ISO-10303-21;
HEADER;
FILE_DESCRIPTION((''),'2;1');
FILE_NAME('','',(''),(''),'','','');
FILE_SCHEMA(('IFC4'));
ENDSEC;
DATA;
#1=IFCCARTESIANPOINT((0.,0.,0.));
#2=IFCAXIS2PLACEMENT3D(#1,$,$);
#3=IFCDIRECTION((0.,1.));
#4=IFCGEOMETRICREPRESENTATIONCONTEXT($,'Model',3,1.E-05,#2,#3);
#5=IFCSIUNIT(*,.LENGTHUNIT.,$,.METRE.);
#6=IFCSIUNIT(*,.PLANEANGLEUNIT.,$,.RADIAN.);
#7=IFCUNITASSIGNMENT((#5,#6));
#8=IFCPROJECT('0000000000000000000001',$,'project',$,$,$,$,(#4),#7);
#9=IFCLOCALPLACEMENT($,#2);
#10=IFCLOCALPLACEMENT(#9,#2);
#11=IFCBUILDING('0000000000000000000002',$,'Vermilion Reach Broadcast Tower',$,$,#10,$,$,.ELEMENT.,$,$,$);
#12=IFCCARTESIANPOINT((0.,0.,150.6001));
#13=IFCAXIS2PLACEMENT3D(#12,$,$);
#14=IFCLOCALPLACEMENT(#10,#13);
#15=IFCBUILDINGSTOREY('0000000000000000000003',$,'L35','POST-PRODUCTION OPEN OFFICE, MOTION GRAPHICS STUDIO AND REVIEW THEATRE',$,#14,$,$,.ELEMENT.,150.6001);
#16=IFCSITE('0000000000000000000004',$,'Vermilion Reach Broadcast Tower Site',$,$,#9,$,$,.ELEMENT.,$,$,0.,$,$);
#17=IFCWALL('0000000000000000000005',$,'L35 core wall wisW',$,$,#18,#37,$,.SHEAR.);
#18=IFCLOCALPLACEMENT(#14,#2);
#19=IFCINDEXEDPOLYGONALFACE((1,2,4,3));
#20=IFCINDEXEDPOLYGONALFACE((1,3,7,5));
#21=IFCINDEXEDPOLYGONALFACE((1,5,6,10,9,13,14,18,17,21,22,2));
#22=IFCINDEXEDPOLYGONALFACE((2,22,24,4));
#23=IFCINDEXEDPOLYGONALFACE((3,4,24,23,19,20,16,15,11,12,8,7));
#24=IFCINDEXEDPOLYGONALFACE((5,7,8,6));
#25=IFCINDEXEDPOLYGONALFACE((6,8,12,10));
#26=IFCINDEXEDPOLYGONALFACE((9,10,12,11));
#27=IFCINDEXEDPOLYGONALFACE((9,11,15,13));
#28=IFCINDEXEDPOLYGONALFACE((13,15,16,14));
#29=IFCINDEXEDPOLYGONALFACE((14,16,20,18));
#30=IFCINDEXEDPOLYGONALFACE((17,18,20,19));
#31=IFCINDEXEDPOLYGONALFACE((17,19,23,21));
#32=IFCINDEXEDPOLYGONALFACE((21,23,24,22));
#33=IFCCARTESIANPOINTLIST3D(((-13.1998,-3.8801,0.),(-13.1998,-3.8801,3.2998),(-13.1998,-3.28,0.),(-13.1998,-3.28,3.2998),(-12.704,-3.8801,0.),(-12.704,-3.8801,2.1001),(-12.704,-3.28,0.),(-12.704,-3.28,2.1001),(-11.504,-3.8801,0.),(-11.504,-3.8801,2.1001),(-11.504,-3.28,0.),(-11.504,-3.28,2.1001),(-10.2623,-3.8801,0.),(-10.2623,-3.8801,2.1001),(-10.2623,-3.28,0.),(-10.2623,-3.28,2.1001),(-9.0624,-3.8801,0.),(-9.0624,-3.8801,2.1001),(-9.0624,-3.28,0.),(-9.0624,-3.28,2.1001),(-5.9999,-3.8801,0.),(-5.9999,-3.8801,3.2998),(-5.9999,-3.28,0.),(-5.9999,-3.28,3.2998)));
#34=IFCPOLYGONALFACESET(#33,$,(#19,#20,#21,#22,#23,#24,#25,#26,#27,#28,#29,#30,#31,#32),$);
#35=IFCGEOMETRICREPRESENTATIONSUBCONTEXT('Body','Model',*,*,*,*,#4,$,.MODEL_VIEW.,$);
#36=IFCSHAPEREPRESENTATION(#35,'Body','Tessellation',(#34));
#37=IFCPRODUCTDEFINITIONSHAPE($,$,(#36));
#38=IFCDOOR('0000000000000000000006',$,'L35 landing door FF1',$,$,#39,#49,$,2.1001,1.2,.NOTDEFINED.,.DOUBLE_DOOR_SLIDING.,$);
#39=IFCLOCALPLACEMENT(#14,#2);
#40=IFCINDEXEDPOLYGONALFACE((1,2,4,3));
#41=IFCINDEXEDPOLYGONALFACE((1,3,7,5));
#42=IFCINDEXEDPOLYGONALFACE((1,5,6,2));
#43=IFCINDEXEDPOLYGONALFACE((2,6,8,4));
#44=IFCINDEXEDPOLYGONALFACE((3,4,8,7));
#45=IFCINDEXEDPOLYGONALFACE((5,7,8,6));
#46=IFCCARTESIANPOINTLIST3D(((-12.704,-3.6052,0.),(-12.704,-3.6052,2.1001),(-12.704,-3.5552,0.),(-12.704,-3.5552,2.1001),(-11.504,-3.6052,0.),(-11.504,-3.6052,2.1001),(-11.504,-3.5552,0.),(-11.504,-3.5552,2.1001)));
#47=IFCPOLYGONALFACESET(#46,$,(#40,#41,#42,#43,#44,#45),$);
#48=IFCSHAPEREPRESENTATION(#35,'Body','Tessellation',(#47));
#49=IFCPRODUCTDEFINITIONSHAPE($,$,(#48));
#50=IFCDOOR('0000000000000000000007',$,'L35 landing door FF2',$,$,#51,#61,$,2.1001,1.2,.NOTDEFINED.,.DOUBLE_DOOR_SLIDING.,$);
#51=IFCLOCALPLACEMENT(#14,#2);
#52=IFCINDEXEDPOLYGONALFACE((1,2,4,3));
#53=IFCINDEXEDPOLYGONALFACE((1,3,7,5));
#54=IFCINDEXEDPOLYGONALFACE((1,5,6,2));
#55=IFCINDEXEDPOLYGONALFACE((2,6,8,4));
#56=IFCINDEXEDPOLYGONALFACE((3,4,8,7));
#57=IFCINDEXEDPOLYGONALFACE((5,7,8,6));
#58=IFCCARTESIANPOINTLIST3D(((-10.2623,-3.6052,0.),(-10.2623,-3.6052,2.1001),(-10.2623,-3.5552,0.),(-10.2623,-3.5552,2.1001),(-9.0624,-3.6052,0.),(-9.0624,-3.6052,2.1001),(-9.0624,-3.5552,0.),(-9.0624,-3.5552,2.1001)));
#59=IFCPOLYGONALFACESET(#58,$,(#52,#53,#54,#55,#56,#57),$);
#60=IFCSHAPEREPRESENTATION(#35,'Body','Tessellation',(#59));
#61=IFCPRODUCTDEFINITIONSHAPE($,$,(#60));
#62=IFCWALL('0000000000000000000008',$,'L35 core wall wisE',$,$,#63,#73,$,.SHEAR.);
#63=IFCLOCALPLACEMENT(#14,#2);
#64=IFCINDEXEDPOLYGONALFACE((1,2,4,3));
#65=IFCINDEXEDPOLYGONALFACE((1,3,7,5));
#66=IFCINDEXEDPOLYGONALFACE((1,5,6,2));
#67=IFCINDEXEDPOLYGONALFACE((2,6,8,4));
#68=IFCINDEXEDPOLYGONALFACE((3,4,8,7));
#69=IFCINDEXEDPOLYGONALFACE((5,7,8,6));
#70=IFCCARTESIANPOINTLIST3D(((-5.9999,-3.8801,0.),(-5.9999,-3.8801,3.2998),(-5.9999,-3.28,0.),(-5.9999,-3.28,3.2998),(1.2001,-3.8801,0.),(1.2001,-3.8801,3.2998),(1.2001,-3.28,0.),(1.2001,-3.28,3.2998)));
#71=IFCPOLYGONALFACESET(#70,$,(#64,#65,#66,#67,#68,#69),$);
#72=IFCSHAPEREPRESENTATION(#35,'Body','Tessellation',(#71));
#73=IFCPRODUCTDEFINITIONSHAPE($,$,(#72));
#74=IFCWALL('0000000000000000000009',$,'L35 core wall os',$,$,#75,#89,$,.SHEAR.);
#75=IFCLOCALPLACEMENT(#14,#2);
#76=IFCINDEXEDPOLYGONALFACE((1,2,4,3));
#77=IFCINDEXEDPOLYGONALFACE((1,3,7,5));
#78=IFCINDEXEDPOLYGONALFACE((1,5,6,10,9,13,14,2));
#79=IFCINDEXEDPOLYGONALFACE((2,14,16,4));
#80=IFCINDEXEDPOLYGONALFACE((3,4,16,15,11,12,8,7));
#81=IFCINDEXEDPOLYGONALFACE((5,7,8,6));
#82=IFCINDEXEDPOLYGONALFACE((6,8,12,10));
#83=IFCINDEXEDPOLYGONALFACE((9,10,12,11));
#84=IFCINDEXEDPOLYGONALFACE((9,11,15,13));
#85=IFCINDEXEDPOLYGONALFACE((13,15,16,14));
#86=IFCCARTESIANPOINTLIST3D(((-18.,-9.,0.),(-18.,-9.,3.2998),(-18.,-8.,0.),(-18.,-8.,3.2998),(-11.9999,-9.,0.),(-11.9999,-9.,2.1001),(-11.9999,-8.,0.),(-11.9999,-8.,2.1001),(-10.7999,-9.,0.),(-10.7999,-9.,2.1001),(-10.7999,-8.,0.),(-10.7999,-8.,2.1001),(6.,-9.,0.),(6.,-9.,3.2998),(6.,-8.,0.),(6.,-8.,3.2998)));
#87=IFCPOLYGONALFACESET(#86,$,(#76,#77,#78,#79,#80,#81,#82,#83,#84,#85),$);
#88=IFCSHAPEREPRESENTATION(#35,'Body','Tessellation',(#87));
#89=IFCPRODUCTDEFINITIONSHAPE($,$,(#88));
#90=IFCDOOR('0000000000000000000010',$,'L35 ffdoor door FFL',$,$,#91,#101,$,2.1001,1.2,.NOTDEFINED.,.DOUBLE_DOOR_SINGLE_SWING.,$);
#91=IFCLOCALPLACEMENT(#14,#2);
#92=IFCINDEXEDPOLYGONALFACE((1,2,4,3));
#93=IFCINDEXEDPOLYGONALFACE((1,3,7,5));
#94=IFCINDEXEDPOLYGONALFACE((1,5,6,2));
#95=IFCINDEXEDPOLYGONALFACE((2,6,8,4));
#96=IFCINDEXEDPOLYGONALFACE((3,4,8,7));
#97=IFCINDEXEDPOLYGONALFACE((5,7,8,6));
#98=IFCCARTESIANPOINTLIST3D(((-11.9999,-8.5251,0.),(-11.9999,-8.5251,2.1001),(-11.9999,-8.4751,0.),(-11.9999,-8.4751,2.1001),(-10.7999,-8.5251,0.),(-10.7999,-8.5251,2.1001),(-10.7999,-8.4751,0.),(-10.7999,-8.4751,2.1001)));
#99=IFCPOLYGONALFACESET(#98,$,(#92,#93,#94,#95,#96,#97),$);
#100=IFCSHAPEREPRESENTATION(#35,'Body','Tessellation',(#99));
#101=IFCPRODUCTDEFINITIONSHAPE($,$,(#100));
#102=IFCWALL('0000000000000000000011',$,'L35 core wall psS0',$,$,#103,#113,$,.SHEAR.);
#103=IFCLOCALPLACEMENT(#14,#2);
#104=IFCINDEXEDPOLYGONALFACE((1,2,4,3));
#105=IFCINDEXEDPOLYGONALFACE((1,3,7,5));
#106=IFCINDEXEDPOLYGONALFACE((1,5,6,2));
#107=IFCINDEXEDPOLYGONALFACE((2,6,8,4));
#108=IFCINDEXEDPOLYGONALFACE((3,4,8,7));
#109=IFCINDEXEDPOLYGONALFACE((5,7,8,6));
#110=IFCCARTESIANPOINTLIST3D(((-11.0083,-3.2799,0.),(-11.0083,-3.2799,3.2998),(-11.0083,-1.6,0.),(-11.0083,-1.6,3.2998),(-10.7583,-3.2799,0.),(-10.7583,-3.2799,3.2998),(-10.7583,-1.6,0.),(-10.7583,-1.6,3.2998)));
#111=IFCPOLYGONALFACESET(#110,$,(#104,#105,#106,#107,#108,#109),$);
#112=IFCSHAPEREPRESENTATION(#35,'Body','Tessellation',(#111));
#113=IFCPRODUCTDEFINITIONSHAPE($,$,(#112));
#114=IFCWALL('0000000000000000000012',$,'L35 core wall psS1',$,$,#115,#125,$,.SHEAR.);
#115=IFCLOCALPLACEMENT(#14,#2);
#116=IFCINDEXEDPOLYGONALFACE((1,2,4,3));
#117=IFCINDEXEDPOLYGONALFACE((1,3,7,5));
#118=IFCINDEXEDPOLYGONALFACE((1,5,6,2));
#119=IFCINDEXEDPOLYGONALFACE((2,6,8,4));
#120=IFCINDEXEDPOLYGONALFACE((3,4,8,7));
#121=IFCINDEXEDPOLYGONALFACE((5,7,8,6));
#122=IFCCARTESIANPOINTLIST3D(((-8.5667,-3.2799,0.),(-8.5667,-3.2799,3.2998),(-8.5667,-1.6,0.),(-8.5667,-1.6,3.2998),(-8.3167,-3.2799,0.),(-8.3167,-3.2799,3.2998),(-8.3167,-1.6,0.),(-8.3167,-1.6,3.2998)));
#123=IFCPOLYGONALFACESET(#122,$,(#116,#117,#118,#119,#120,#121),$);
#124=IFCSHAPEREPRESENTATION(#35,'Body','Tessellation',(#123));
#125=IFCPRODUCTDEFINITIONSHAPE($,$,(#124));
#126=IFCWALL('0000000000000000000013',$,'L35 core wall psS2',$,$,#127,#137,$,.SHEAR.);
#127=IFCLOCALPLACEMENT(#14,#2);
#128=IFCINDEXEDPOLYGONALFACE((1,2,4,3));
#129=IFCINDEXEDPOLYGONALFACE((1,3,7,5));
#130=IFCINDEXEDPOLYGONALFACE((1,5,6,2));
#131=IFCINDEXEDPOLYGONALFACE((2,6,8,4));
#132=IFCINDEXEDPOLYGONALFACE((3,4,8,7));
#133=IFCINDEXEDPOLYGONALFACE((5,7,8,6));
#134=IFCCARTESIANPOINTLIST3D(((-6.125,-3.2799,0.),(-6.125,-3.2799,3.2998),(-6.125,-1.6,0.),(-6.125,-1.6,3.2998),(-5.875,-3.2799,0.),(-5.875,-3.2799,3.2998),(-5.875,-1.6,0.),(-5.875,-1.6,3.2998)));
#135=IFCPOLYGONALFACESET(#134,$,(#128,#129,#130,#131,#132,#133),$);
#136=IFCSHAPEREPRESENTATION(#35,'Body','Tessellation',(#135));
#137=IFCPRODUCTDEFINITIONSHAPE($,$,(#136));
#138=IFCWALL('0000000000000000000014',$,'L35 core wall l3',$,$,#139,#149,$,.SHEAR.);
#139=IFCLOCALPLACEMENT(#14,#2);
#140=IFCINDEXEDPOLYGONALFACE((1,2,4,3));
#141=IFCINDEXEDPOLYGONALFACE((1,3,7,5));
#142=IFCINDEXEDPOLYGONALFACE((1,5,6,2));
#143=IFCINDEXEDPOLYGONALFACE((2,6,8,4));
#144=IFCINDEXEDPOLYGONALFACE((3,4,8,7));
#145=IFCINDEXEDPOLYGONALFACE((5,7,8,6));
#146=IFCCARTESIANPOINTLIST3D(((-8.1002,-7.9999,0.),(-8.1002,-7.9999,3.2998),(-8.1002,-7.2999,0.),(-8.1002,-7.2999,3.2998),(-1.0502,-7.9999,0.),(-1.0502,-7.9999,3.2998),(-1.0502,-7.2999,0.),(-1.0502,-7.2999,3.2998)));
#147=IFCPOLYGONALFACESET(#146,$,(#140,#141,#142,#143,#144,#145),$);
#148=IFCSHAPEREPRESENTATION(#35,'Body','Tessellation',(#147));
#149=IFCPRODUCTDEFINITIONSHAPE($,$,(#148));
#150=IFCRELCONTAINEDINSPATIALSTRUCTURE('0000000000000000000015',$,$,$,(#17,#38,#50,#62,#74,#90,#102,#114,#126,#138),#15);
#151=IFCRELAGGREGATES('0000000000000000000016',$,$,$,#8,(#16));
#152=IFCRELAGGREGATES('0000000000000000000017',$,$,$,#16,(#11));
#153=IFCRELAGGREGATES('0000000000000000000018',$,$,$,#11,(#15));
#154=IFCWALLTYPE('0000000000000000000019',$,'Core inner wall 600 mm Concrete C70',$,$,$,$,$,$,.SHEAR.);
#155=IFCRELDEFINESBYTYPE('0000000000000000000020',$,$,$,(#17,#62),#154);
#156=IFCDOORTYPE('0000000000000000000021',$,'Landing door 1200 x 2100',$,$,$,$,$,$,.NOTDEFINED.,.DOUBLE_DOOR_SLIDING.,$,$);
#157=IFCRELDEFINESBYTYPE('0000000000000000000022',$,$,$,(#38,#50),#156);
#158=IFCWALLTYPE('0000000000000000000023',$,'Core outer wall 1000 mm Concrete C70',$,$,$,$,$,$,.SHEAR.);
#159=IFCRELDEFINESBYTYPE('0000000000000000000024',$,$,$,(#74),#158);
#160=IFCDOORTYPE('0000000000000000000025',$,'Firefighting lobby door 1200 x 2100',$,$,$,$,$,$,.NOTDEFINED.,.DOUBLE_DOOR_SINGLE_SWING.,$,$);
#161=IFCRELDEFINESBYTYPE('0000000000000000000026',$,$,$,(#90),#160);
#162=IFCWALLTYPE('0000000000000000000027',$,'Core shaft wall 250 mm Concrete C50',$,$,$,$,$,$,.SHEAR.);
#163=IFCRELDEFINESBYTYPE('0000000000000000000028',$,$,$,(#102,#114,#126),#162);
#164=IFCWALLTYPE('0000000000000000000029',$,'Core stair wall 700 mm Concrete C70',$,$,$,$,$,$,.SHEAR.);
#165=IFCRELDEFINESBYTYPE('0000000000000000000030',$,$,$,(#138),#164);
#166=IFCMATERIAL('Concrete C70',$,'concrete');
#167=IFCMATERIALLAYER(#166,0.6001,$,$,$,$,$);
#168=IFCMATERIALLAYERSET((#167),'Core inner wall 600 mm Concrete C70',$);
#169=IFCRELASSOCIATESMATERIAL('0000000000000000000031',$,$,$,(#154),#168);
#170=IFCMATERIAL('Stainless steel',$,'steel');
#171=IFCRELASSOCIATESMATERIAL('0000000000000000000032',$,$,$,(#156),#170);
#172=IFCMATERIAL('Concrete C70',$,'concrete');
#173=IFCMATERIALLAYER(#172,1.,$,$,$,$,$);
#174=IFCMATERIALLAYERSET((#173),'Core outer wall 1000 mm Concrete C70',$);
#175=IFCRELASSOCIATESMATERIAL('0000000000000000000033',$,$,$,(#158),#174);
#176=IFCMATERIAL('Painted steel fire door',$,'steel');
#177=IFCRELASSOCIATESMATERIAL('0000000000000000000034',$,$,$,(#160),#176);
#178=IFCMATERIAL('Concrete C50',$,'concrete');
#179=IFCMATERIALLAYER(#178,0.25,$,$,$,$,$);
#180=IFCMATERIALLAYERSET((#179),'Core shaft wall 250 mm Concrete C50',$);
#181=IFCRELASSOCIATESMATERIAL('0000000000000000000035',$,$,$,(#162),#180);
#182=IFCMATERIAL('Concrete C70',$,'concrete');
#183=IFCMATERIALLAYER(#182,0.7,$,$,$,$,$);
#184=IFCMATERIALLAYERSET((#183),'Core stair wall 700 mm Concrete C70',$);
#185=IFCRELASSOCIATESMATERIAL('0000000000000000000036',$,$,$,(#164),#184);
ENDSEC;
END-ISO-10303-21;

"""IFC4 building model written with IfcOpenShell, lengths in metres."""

from ifc_helpers import new_model, si_unit, direction, frame, frame_2d, origin, place, context, subcontext, project, spatial, rectangle, extrude, material, layer, layer_set, type_object, element, fill, save


model = new_model("IFC4")

# Units and contexts
model_context = context("Model", 3, precision=1e-05, world=origin(), true_north=direction((0.0, 1.0)))
body_context = subcontext(model_context, "Body", "Model", "MODEL_VIEW")
ifc_project = project(units=[si_unit("LENGTHUNIT", "METRE"), si_unit("PLANEANGLEUNIT", "RADIAN")], contexts=[model_context])

# Site, building, storey
site_placement = place(None, origin())
site = spatial("IfcSite", under=ifc_project, at=site_placement, Name="Vermilion Reach Broadcast Tower Site", CompositionType="ELEMENT", RefElevation=0.0)
building_placement = place(site_placement, origin())
building = spatial("IfcBuilding", under=site, at=building_placement, Name="Vermilion Reach Broadcast Tower", CompositionType="ELEMENT")
storey_placement = place(building_placement, frame((0.0, 0.0, 150.6001)))
storey = spatial("IfcBuildingStorey", under=building, at=storey_placement, Name="L35", Description="POST-PRODUCTION OPEN OFFICE, MOTION GRAPHICS STUDIO AND REVIEW THEATRE", CompositionType="ELEMENT", Elevation=150.6001)

# Wall, openings, doors
ifc_material_1 = material(Name="Concrete C70", Category="concrete")
ifc_layer_1 = layer(ifc_material_1, 0.6001)
ifc_layer_set_1 = layer_set([ifc_layer_1], Name="Core inner wall 600 mm Concrete C70")
wall_type_1 = type_object("IfcWallType", Name="Core inner wall 600 mm Concrete C70", PredefinedType="SHEAR", material=ifc_layer_set_1)
wall_1_placement = place(storey_placement, frame((-13.2, -3.5801, 0.0), z_axis=(0.0, 0.0, 1.0), x_axis=(1.0, 0.0, 0.0)))
wall_1 = element("IfcWall", 1, at=wall_1_placement, inside=storey, type_object=wall_type_1, Name="L35 core wall wisW", PredefinedType="SHEAR", context=body_context, shape_type="SweptSolid", body=[
    extrude(rectangle(XDim=7.2, YDim=0.6001, at=frame_2d((3.6001, 0.0))), origin(), (0.0, 0.0, 1.0), 3.2998),
])
opening_1_placement = place(wall_1_placement, frame((0.4958, 0.0, 0.0)))
opening_1 = element("IfcOpeningElement", 2, at=opening_1_placement, cuts=wall_1, PredefinedType="OPENING", context=body_context, shape_type="SweptSolid", body=[
    extrude(rectangle(XDim=1.2, YDim=2.1001, at=frame_2d((0.6001, 1.05))), frame((0.0, 0.3101, 0.0), z_axis=(0.0, -1.0, 0.0), x_axis=(1.0, 0.0, 0.0)), (0.0, 0.0, 1.0), 0.6201),
])
opening_2_placement = place(wall_1_placement, frame((2.9375, 0.0, 0.0)))
opening_2 = element("IfcOpeningElement", 3, at=opening_2_placement, cuts=wall_1, PredefinedType="OPENING", context=body_context, shape_type="SweptSolid", body=[
    extrude(rectangle(XDim=1.2, YDim=2.1001, at=frame_2d((0.6001, 1.05))), frame((0.0, 0.3101, 0.0), z_axis=(0.0, -1.0, 0.0), x_axis=(1.0, 0.0, 0.0)), (0.0, 0.0, 1.0), 0.6201),
])
ifc_material_2 = material(Name="Stainless steel", Category="steel")
door_type_1 = type_object("IfcDoorType", Name="Landing door 1200 x 2100", OperationType="DOUBLE_DOOR_SLIDING", PredefinedType="NOTDEFINED", material=ifc_material_2)
door_1_placement = place(opening_1_placement, origin())
door_1 = element("IfcDoor", 4, at=door_1_placement, inside=storey, type_object=door_type_1, Name="L35 landing door FF1", OperationType="DOUBLE_DOOR_SLIDING", OverallHeight=2.1001, OverallWidth=1.2, PredefinedType="NOTDEFINED", context=body_context, shape_type="SweptSolid", body=[
    extrude(rectangle(XDim=1.2, YDim=2.1001, at=frame_2d((0.6001, 1.05))), frame((0.0, 0.0249, 0.0), z_axis=(0.0, -1.0, 0.0), x_axis=(1.0, 0.0, 0.0)), (0.0, 0.0, 1.0), 0.05),
])
fill(opening_1, door_1)
door_2_placement = place(opening_2_placement, origin())
door_2 = element("IfcDoor", 5, at=door_2_placement, inside=storey, type_object=door_type_1, Name="L35 landing door FF2", OperationType="DOUBLE_DOOR_SLIDING", OverallHeight=2.1001, OverallWidth=1.2, PredefinedType="NOTDEFINED", context=body_context, shape_type="SweptSolid", body=[
    extrude(rectangle(XDim=1.2, YDim=2.1001, at=frame_2d((0.6001, 1.05))), frame((0.0, 0.0249, 0.0), z_axis=(0.0, -1.0, 0.0), x_axis=(1.0, 0.0, 0.0)), (0.0, 0.0, 1.0), 0.05),
])
fill(opening_2, door_2)

# Wall
wall_2_placement = place(storey_placement, frame((-6.0, -3.5801, 0.0), z_axis=(0.0, 0.0, 1.0), x_axis=(1.0, 0.0, 0.0)))
element("IfcWall", 6, at=wall_2_placement, inside=storey, type_object=wall_type_1, Name="L35 core wall wisE", PredefinedType="SHEAR", context=body_context, shape_type="SweptSolid", body=[
    extrude(rectangle(XDim=7.2, YDim=0.6001, at=frame_2d((3.6001, 0.0))), origin(), (0.0, 0.0, 1.0), 3.2998),
])

# Wall, opening, door
ifc_material_3 = material(Name="Concrete C70", Category="concrete")
ifc_layer_2 = layer(ifc_material_3, 1.0)
ifc_layer_set_2 = layer_set([ifc_layer_2], Name="Core outer wall 1000 mm Concrete C70")
wall_type_2 = type_object("IfcWallType", Name="Core outer wall 1000 mm Concrete C70", PredefinedType="SHEAR", material=ifc_layer_set_2)
wall_3_placement = place(storey_placement, frame((-18.0, -8.5, 0.0), z_axis=(0.0, 0.0, 1.0), x_axis=(1.0, 0.0, 0.0)))
wall_3 = element("IfcWall", 7, at=wall_3_placement, inside=storey, type_object=wall_type_2, Name="L35 core wall os", PredefinedType="SHEAR", context=body_context, shape_type="SweptSolid", body=[
    extrude(rectangle(XDim=24.0, YDim=1.0, at=frame_2d((12.0, 0.0))), origin(), (0.0, 0.0, 1.0), 3.2998),
])
opening_3_placement = place(wall_3_placement, frame((6.0, 0.0, 0.0)))
opening_3 = element("IfcOpeningElement", 8, at=opening_3_placement, cuts=wall_3, PredefinedType="OPENING", context=body_context, shape_type="SweptSolid", body=[
    extrude(rectangle(XDim=1.2, YDim=2.1001, at=frame_2d((0.6001, 1.05))), frame((0.0, 0.51, 0.0), z_axis=(0.0, -1.0, 0.0), x_axis=(1.0, 0.0, 0.0)), (0.0, 0.0, 1.0), 1.02),
])
ifc_material_4 = material(Name="Painted steel fire door", Category="steel")
door_type_2 = type_object("IfcDoorType", Name="Firefighting lobby door 1200 x 2100", OperationType="DOUBLE_DOOR_SINGLE_SWING", PredefinedType="NOTDEFINED", material=ifc_material_4)
door_3_placement = place(opening_3_placement, origin())
door_3 = element("IfcDoor", 9, at=door_3_placement, inside=storey, type_object=door_type_2, Name="L35 ffdoor door FFL", OperationType="DOUBLE_DOOR_SINGLE_SWING", OverallHeight=2.1001, OverallWidth=1.2, PredefinedType="NOTDEFINED", context=body_context, shape_type="SweptSolid", body=[
    extrude(rectangle(XDim=1.2, YDim=2.1001, at=frame_2d((0.6001, 1.05))), frame((0.0, 0.0249, 0.0), z_axis=(0.0, -1.0, 0.0), x_axis=(1.0, 0.0, 0.0)), (0.0, 0.0, 1.0), 0.05),
])
fill(opening_3, door_3)

# Walls
ifc_material_5 = material(Name="Concrete C50", Category="concrete")
ifc_layer_3 = layer(ifc_material_5, 0.25)
ifc_layer_set_3 = layer_set([ifc_layer_3], Name="Core shaft wall 250 mm Concrete C50")
wall_type_3 = type_object("IfcWallType", Name="Core shaft wall 250 mm Concrete C50", PredefinedType="SHEAR", material=ifc_layer_set_3)
for number, where, z_axis, x_axis, name in (
    (10, (-10.8833, -1.6001, 0.0), (0.0, 0.0, 1.0), (0.0, -1.0, 0.0), "L35 core wall psS0"),
    (11, (-8.4417, -1.6001, 0.0), (0.0, 0.0, 1.0), (0.0, -1.0, 0.0), "L35 core wall psS1"),
    (12, (-6.0, -1.6001, 0.0), (0.0, 0.0, 1.0), (0.0, -1.0, 0.0), "L35 core wall psS2"),
):
    element("IfcWall", number, at=place(storey_placement, frame(where, z_axis=z_axis, x_axis=x_axis)), inside=storey, type_object=wall_type_3, Name=name, PredefinedType="SHEAR", context=body_context, shape_type="SweptSolid", body=[
        extrude(rectangle(XDim=1.6799, YDim=0.25, at=frame_2d((0.8398, 0.0))), origin(), (0.0, 0.0, 1.0), 3.2998),
    ])
ifc_material_6 = material(Name="Concrete C70", Category="concrete")
ifc_layer_4 = layer(ifc_material_6, 0.7)
ifc_layer_set_4 = layer_set([ifc_layer_4], Name="Core stair wall 700 mm Concrete C70")
wall_type_4 = type_object("IfcWallType", Name="Core stair wall 700 mm Concrete C70", PredefinedType="SHEAR", material=ifc_layer_set_4)
wall_4_placement = place(storey_placement, frame((-8.1001, -7.6499, 0.0), z_axis=(0.0, 0.0, 1.0), x_axis=(1.0, 0.0, 0.0)))
element("IfcWall", 13, at=wall_4_placement, inside=storey, type_object=wall_type_4, Name="L35 core wall l3", PredefinedType="SHEAR", context=body_context, shape_type="SweptSolid", body=[
    extrude(rectangle(XDim=7.05, YDim=0.7, at=frame_2d((3.5249, 0.0))), origin(), (0.0, 0.0, 1.0), 3.2998),
])

save(model, "model.ifc")
